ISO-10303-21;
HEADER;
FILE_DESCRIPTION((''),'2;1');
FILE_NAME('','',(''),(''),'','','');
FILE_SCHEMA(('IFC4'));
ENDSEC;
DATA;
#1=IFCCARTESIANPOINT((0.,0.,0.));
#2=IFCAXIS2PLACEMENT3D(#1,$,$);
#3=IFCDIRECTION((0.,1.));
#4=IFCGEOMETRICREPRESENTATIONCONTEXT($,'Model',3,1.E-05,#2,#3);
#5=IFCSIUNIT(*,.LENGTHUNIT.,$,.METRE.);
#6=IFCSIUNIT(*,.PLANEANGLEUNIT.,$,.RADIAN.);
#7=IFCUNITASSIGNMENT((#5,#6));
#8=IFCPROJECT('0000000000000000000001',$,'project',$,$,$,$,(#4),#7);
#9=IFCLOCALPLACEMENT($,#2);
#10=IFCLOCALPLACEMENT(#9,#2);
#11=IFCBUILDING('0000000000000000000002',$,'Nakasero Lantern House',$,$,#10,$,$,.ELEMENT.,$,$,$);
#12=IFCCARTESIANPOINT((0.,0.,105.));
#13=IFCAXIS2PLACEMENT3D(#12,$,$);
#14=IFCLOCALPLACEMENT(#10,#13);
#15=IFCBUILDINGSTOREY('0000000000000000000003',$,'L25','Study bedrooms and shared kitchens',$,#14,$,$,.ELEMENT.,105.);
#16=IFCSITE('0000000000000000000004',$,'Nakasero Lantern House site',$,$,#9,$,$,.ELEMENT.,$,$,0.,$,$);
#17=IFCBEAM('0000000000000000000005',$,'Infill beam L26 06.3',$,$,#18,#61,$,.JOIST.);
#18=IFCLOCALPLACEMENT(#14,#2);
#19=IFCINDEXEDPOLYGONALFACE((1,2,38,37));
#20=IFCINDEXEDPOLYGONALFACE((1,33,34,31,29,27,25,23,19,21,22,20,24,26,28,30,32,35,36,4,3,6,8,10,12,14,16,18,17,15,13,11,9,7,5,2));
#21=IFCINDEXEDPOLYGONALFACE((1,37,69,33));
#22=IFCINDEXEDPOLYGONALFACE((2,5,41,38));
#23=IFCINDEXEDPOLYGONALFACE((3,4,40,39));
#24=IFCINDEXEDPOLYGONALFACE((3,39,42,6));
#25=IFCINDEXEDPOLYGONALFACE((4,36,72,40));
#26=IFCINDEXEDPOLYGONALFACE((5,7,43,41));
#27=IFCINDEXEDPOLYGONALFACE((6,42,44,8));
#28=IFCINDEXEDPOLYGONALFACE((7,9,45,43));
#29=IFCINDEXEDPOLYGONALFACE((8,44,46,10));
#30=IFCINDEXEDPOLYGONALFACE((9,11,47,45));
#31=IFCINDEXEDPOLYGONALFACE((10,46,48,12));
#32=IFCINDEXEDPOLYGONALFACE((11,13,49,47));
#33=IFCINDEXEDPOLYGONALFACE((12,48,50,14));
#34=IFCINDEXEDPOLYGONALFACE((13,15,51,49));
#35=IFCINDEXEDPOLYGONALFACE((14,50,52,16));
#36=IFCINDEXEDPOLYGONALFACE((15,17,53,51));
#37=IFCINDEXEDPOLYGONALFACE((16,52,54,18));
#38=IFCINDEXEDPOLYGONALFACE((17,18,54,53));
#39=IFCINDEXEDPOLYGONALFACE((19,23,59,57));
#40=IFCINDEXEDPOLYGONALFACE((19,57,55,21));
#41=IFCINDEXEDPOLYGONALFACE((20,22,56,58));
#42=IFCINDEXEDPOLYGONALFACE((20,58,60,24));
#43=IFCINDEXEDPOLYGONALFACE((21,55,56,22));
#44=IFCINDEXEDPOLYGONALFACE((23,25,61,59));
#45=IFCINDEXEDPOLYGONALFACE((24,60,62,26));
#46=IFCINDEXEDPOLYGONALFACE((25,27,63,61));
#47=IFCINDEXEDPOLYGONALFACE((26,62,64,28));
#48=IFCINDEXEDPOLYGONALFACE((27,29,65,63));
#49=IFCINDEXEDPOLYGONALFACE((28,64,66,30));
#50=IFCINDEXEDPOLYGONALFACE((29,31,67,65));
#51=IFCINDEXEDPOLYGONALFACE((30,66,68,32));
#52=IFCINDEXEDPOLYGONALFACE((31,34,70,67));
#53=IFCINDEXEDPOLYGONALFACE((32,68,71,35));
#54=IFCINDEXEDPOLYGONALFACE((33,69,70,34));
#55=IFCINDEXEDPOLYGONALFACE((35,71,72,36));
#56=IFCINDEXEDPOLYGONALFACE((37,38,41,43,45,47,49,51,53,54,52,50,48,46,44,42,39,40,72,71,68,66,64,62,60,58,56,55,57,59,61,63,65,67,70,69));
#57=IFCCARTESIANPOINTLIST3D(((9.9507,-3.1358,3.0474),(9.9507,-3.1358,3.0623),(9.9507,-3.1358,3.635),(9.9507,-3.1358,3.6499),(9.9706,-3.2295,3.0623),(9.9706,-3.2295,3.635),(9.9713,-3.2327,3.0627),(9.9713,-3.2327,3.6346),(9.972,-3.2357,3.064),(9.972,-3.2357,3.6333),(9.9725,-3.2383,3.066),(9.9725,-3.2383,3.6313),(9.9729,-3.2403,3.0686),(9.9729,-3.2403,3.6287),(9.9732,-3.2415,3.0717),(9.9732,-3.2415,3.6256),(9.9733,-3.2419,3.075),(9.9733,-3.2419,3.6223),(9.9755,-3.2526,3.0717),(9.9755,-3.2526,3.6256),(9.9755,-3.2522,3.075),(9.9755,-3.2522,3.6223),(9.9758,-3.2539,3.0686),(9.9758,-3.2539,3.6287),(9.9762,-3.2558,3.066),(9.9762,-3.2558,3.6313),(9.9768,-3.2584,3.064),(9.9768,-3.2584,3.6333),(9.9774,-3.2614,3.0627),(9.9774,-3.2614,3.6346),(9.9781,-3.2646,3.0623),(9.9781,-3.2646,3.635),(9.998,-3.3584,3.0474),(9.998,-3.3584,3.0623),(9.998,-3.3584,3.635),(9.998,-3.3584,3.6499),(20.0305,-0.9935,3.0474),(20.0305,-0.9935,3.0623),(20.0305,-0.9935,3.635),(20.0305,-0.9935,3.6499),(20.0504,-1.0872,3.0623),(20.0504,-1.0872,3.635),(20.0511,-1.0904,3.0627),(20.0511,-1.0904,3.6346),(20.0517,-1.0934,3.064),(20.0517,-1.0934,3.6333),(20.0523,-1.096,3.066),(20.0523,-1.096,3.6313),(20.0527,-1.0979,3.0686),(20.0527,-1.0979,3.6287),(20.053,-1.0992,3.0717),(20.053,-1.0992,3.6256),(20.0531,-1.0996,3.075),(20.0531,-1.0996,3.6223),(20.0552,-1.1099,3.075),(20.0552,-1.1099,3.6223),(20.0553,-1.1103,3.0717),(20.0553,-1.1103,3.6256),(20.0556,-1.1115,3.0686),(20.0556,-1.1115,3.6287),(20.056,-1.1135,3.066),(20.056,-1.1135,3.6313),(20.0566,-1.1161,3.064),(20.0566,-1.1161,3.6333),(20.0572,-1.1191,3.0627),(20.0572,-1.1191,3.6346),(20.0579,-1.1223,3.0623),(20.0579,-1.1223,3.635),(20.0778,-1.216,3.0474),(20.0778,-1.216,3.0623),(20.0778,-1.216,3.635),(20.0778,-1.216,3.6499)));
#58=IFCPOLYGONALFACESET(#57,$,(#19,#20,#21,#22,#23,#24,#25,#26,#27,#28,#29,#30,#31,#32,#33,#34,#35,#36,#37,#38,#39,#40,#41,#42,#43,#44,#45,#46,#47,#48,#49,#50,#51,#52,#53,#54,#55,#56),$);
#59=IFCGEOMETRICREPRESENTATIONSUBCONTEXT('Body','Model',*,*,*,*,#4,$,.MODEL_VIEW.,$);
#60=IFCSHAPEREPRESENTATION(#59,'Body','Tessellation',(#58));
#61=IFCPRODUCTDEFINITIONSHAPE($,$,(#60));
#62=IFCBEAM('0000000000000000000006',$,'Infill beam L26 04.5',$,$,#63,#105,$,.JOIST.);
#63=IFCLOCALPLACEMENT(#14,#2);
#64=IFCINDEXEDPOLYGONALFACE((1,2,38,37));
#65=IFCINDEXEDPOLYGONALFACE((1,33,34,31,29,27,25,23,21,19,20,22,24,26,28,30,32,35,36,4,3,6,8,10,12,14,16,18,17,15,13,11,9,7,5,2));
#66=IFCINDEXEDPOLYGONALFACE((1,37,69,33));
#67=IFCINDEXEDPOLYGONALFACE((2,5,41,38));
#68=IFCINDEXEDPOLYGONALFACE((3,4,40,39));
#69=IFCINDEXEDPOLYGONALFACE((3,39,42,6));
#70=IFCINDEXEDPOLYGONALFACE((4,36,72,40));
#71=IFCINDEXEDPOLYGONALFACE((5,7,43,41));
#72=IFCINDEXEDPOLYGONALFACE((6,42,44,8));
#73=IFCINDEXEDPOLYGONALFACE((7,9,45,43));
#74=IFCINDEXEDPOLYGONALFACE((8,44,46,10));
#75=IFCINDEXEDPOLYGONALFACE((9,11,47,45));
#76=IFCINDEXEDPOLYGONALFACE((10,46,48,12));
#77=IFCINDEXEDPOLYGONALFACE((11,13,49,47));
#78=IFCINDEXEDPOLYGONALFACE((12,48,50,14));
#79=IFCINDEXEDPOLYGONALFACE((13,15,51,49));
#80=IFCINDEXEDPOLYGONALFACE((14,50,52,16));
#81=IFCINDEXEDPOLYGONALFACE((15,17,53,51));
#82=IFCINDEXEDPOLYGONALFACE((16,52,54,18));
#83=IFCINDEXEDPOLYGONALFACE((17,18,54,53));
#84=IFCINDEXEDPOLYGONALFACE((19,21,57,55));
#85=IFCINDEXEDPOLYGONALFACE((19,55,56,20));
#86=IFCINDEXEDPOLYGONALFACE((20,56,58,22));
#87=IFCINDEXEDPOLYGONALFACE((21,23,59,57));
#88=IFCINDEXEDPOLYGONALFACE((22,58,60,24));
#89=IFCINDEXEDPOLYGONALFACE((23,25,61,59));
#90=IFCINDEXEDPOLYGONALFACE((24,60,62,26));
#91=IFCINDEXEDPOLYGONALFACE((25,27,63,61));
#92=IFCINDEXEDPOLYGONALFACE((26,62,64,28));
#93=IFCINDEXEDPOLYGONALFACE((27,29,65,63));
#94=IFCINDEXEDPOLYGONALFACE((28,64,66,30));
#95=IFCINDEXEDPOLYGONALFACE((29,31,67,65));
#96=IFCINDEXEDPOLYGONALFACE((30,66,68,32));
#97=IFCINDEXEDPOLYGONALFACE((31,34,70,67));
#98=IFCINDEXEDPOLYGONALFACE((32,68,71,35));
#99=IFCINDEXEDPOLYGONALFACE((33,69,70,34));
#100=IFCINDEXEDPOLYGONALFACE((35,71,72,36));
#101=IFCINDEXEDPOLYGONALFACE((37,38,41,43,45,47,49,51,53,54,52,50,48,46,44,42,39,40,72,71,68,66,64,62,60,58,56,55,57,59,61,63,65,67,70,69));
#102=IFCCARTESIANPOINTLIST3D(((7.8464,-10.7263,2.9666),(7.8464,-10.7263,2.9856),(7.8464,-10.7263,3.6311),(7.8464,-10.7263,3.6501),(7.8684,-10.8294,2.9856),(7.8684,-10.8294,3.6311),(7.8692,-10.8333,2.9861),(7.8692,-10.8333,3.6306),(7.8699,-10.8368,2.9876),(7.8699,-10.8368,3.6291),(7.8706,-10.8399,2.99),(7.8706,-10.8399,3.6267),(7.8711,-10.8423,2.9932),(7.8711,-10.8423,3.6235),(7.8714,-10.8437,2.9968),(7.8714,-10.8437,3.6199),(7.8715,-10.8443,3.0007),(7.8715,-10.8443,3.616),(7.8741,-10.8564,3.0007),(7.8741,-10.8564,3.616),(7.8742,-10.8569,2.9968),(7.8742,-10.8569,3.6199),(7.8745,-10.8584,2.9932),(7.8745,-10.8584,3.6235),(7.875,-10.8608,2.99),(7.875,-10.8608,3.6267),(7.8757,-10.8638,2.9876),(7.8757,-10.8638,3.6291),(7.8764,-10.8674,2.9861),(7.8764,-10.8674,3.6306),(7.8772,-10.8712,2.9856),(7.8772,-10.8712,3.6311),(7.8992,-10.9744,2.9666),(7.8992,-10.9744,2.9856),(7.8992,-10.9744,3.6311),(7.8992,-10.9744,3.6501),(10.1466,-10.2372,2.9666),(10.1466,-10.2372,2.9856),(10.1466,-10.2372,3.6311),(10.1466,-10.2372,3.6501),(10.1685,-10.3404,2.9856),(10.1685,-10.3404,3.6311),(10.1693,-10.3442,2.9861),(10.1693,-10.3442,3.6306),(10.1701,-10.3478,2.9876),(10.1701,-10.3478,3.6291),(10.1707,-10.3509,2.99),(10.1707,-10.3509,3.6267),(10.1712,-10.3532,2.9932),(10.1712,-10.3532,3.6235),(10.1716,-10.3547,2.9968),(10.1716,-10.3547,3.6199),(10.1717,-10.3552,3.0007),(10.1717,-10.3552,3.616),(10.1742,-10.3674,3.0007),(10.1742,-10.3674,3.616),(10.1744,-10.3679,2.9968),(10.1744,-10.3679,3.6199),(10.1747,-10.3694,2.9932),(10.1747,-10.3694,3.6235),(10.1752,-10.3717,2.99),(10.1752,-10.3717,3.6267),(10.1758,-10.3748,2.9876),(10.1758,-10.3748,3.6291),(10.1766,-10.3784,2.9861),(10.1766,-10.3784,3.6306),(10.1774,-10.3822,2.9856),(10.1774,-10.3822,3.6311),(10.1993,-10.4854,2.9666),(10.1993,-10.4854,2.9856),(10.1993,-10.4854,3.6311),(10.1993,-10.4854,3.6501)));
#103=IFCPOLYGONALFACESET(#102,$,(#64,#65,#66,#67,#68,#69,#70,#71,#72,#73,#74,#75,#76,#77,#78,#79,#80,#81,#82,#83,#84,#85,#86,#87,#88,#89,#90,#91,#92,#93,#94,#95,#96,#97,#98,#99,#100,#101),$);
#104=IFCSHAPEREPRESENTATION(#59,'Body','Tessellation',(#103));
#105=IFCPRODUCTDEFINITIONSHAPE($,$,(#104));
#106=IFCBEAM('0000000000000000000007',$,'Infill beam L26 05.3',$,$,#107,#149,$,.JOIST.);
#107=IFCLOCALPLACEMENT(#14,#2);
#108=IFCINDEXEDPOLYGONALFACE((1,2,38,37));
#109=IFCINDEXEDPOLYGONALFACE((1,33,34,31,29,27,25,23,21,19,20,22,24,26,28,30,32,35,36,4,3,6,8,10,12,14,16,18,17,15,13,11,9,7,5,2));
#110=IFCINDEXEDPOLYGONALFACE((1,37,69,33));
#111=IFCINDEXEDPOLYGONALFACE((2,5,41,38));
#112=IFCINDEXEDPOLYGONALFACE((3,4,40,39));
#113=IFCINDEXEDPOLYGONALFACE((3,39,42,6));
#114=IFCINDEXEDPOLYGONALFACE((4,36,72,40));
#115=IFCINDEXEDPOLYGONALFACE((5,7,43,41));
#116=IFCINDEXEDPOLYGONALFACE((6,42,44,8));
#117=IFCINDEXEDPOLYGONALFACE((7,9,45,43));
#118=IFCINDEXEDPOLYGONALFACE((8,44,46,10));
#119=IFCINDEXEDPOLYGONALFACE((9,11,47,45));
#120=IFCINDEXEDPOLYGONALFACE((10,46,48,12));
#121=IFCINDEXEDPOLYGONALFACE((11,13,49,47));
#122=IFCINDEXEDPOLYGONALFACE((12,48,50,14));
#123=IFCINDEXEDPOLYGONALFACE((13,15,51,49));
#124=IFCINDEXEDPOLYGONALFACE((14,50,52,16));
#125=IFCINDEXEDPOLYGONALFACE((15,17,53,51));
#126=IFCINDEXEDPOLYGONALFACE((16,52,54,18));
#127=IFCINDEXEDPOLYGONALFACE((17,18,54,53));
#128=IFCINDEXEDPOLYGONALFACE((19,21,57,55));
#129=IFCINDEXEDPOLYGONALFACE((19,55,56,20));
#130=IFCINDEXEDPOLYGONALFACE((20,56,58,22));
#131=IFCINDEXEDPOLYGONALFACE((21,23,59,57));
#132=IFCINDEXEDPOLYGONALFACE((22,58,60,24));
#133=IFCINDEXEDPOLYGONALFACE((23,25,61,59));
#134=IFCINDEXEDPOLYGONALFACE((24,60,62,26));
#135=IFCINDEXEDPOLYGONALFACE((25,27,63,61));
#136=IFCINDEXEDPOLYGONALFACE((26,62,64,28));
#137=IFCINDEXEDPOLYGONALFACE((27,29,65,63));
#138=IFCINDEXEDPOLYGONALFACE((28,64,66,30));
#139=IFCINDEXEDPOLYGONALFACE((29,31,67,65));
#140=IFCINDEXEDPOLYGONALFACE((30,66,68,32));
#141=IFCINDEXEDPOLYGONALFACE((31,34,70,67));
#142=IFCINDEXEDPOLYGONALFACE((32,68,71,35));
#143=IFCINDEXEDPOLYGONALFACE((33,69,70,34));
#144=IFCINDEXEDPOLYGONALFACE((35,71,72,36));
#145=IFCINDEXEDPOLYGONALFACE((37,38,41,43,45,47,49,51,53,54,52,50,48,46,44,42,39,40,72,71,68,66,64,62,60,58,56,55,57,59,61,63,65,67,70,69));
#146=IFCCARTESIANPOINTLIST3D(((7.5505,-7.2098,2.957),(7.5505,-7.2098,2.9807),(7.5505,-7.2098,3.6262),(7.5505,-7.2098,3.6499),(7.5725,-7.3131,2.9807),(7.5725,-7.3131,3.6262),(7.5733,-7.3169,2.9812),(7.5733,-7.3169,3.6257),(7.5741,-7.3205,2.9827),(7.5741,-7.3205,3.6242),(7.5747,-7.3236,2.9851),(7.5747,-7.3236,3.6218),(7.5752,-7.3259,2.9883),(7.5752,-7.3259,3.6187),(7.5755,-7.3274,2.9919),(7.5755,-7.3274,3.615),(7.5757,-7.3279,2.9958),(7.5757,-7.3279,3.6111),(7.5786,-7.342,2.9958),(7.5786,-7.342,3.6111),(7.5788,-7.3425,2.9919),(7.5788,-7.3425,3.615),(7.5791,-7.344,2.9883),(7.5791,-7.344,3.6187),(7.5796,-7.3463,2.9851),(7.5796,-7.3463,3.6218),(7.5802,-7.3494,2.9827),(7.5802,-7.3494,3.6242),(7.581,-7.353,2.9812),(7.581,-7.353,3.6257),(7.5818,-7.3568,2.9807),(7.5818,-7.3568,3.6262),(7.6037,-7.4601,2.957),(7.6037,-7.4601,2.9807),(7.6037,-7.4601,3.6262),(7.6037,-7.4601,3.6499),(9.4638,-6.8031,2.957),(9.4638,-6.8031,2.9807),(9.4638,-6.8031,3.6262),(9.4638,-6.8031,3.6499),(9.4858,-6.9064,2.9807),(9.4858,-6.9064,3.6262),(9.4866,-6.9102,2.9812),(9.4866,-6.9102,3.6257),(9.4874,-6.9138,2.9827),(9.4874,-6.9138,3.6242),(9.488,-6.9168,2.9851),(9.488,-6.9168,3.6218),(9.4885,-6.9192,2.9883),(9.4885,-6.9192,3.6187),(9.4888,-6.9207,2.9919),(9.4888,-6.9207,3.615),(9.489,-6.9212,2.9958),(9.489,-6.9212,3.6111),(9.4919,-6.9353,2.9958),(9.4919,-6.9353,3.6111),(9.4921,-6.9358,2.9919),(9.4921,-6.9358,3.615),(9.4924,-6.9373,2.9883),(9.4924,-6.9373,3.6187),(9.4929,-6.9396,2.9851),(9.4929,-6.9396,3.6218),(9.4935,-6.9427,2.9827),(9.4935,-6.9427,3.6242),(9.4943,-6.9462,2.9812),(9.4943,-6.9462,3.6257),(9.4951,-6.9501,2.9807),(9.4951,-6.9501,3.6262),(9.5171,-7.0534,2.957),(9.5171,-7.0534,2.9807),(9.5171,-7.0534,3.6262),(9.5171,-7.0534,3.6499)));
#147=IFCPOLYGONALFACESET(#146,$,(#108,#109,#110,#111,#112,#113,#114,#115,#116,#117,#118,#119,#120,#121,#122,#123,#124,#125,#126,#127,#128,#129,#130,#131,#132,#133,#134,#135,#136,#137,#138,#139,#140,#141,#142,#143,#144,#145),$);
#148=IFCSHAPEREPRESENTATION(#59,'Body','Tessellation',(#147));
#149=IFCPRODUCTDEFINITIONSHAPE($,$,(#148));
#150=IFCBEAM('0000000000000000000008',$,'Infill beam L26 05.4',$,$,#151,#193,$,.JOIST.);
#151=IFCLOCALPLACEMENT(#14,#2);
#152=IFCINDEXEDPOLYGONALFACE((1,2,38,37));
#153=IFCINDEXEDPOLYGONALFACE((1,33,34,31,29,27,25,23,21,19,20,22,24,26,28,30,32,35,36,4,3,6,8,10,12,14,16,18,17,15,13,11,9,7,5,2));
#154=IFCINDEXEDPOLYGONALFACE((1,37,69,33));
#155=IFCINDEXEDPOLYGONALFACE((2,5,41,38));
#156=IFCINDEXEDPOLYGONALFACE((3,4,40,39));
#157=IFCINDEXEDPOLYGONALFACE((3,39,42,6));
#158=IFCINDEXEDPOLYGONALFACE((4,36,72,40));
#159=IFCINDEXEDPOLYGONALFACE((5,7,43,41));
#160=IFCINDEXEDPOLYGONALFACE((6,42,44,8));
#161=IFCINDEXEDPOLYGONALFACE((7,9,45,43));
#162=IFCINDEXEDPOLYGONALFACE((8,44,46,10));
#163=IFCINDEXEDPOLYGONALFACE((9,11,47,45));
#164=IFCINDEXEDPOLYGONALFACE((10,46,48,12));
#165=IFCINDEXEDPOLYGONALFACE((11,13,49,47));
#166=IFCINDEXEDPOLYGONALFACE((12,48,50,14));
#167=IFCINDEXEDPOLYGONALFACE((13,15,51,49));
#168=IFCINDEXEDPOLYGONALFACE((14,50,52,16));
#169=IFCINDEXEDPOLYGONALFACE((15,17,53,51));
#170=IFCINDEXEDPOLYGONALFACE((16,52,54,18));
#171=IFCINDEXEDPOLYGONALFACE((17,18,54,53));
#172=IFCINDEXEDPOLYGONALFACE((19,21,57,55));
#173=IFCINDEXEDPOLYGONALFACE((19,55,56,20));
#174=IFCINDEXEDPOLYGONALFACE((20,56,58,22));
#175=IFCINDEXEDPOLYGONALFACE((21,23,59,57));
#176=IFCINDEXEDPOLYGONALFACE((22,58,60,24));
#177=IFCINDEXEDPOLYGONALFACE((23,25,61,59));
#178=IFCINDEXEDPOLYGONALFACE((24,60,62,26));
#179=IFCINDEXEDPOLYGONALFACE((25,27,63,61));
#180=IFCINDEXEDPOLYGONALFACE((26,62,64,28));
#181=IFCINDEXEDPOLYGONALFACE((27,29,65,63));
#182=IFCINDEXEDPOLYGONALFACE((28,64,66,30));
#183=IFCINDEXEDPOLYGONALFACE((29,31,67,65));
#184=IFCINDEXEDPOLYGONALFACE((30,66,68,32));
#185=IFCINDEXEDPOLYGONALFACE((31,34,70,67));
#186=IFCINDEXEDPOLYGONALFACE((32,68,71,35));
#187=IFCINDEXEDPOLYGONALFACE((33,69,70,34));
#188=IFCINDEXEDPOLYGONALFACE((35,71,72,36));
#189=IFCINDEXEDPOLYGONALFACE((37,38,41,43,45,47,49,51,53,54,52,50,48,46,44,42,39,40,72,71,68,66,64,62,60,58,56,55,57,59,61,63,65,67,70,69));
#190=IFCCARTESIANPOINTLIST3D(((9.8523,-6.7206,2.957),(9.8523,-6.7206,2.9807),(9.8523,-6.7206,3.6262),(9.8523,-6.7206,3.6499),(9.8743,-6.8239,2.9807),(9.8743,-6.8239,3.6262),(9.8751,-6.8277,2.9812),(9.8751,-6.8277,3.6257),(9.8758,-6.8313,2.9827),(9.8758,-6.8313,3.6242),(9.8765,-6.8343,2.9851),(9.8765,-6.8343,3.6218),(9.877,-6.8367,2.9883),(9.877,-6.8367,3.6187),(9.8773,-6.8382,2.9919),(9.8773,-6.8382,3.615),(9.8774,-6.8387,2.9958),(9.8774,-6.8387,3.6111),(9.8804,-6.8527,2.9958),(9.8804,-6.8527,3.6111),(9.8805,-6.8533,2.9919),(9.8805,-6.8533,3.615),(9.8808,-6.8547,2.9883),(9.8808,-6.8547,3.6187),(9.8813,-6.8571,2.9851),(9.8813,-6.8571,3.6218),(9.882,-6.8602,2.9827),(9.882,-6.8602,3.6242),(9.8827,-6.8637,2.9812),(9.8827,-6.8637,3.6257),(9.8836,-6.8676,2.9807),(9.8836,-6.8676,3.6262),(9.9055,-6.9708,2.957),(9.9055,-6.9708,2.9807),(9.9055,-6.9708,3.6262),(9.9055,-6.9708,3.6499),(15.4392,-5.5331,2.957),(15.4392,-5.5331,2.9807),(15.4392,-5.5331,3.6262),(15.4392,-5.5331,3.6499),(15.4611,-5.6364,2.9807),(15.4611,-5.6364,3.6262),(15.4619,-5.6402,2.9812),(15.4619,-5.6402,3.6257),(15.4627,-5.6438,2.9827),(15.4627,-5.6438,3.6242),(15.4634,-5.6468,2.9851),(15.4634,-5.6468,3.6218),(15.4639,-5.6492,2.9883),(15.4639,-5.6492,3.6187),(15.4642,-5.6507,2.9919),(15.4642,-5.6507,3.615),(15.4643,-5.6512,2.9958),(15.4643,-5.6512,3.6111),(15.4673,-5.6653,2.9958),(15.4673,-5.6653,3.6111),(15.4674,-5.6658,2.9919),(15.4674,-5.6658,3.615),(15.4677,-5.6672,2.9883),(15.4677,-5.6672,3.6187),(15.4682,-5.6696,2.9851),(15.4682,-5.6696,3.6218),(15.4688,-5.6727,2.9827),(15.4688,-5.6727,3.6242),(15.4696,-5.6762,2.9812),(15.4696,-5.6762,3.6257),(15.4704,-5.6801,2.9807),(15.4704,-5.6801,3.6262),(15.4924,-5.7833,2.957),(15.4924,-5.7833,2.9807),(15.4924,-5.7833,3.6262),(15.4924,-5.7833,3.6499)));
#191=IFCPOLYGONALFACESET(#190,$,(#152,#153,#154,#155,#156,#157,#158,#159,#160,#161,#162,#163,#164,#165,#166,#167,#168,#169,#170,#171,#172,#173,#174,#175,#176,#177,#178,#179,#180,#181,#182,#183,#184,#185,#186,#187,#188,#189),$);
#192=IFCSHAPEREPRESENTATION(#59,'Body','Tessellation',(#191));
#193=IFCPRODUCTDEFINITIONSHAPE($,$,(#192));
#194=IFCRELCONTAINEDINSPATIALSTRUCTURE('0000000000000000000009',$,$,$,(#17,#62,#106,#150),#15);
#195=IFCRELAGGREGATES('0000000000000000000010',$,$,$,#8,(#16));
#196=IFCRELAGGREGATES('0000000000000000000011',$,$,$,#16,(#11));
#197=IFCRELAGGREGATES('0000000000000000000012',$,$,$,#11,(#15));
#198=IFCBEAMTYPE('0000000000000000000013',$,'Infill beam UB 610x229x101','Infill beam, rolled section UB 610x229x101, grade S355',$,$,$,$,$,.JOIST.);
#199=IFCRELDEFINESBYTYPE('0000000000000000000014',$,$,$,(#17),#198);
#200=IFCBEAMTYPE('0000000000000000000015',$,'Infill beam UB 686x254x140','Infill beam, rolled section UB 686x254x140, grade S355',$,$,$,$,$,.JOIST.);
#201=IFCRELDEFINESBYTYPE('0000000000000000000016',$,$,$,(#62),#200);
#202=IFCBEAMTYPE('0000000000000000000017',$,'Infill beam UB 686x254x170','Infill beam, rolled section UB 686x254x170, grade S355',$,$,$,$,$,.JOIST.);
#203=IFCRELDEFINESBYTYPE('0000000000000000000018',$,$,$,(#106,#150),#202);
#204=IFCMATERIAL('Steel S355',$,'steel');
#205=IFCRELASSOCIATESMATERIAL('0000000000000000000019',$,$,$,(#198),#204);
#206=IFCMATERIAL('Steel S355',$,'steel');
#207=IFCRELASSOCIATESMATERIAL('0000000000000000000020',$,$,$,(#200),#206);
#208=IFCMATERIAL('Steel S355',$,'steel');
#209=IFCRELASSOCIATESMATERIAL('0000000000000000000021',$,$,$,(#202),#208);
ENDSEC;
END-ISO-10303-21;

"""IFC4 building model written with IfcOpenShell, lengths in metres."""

from ifc_helpers import new_model, si_unit, direction, frame, origin, origin_2d, place, context, subcontext, project, spatial, i_section, extrude, material, material_profile, profile_set, type_object, element, save


model = new_model("IFC4")

# Units and contexts
model_context = context("Model", 3, precision=1e-05, world=origin(), true_north=direction((0.0, 1.0)))
body_context = subcontext(model_context, "Body", "Model", "MODEL_VIEW")
ifc_project = project(units=[si_unit("LENGTHUNIT", "METRE"), si_unit("PLANEANGLEUNIT", "RADIAN")], contexts=[model_context])

# Site, building, storey
site_placement = place(None, origin())
site = spatial("IfcSite", under=ifc_project, at=site_placement, Name="Nakasero Lantern House site", CompositionType="ELEMENT", RefElevation=0.0)
building_placement = place(site_placement, origin())
building = spatial("IfcBuilding", under=site, at=building_placement, Name="Nakasero Lantern House", CompositionType="ELEMENT")
storey_placement = place(building_placement, frame((0.0, 0.0, 105.0)))
storey = spatial("IfcBuildingStorey", under=building, at=storey_placement, Name="L25", Description="Study bedrooms and shared kitchens", CompositionType="ELEMENT", Elevation=105.0)

# Beams
ifc_material_1 = material(Name="Steel S355", Category="steel")
ifc_material_profile_1 = material_profile(ifc_material_1, i_section(OverallWidth=0.2275, OverallDepth=0.6025, WebThickness=0.0105, FlangeThickness=0.0149, FilletRadius=0.0127, at=origin_2d()), Name="UB 610x229x101")
ifc_profile_set_1 = profile_set([ifc_material_profile_1], Name="Steel S355")
beam_type_1 = type_object("IfcBeamType", Name="Infill beam UB 610x229x101", Description="Infill beam, rolled section UB 610x229x101, grade S355", PredefinedType="JOIST", material=ifc_profile_set_1)
beam_1_placement = place(storey_placement, frame((9.9744, -3.2471, 3.3486), z_axis=(0.978152, 0.207893, 0.0), x_axis=(-0.207893, 0.978152, 0.0)))
element("IfcBeam", 1, at=beam_1_placement, inside=storey, type_object=beam_type_1, Name="Infill beam L26 06.3", PredefinedType="JOIST", context=body_context, shape_type="SweptSolid", body=[
    extrude(i_section(OverallWidth=0.2275, OverallDepth=0.6025, WebThickness=0.0105, FlangeThickness=0.0149, FilletRadius=0.0127, at=origin_2d()), origin(), (0.0, 0.0, 1.0), 10.3049),
])
ifc_material_2 = material(Name="Steel S355", Category="steel")
ifc_material_profile_2 = material_profile(ifc_material_2, i_section(OverallWidth=0.2537, OverallDepth=0.6836, WebThickness=0.0125, FlangeThickness=0.019, FilletRadius=0.0151, at=origin_2d()), Name="UB 686x254x140")
ifc_profile_set_2 = profile_set([ifc_material_profile_2], Name="Steel S355")
beam_type_2 = type_object("IfcBeamType", Name="Infill beam UB 686x254x140", Description="Infill beam, rolled section UB 686x254x140, grade S355", PredefinedType="JOIST", material=ifc_profile_set_2)
beam_2_placement = place(storey_placement, frame((7.8728, -10.8503, 3.3083), z_axis=(0.978137, 0.207962, 0.0), x_axis=(-0.207962, 0.978137, 0.0)))
element("IfcBeam", 2, at=beam_2_placement, inside=storey, type_object=beam_type_2, Name="Infill beam L26 04.5", PredefinedType="JOIST", context=body_context, shape_type="SweptSolid", body=[
    extrude(i_section(OverallWidth=0.2537, OverallDepth=0.6836, WebThickness=0.0125, FlangeThickness=0.019, FilletRadius=0.0151, at=origin_2d()), origin(), (0.0, 0.0, 1.0), 2.3516),
])
ifc_material_3 = material(Name="Steel S355", Category="steel")
ifc_material_profile_3 = material_profile(ifc_material_3, i_section(OverallWidth=0.2559, OverallDepth=0.6929, WebThickness=0.0144, FlangeThickness=0.0237, FilletRadius=0.0151, at=origin_2d()), Name="UB 686x254x170")
ifc_profile_set_3 = profile_set([ifc_material_profile_3], Name="Steel S355")
beam_type_3 = type_object("IfcBeamType", Name="Infill beam UB 686x254x170", Description="Infill beam, rolled section UB 686x254x170, grade S355", PredefinedType="JOIST", material=ifc_profile_set_3)
beam_3_placement = place(storey_placement, frame((7.5771, -7.335, 3.3035), z_axis=(0.978143, 0.207935, 0.0), x_axis=(-0.207935, 0.978143, 0.0)))
element("IfcBeam", 3, at=beam_3_placement, inside=storey, type_object=beam_type_3, Name="Infill beam L26 05.3", PredefinedType="JOIST", context=body_context, shape_type="SweptSolid", body=[
    extrude(i_section(OverallWidth=0.2559, OverallDepth=0.6929, WebThickness=0.0144, FlangeThickness=0.0237, FilletRadius=0.0151, at=origin_2d()), origin(), (0.0, 0.0, 1.0), 1.9561),
])
beam_4_placement = place(storey_placement, frame((9.8789, -6.8457, 3.3035), z_axis=(0.978149, 0.207906, 0.0), x_axis=(-0.207906, 0.978149, 0.0)))
element("IfcBeam", 4, at=beam_4_placement, inside=storey, type_object=beam_type_3, Name="Infill beam L26 05.4", PredefinedType="JOIST", context=body_context, shape_type="SweptSolid", body=[
    extrude(i_section(OverallWidth=0.2559, OverallDepth=0.6929, WebThickness=0.0144, FlangeThickness=0.0237, FilletRadius=0.0151, at=origin_2d()), origin(), (0.0, 0.0, 1.0), 5.7117),
])

save(model, "model.ifc")
